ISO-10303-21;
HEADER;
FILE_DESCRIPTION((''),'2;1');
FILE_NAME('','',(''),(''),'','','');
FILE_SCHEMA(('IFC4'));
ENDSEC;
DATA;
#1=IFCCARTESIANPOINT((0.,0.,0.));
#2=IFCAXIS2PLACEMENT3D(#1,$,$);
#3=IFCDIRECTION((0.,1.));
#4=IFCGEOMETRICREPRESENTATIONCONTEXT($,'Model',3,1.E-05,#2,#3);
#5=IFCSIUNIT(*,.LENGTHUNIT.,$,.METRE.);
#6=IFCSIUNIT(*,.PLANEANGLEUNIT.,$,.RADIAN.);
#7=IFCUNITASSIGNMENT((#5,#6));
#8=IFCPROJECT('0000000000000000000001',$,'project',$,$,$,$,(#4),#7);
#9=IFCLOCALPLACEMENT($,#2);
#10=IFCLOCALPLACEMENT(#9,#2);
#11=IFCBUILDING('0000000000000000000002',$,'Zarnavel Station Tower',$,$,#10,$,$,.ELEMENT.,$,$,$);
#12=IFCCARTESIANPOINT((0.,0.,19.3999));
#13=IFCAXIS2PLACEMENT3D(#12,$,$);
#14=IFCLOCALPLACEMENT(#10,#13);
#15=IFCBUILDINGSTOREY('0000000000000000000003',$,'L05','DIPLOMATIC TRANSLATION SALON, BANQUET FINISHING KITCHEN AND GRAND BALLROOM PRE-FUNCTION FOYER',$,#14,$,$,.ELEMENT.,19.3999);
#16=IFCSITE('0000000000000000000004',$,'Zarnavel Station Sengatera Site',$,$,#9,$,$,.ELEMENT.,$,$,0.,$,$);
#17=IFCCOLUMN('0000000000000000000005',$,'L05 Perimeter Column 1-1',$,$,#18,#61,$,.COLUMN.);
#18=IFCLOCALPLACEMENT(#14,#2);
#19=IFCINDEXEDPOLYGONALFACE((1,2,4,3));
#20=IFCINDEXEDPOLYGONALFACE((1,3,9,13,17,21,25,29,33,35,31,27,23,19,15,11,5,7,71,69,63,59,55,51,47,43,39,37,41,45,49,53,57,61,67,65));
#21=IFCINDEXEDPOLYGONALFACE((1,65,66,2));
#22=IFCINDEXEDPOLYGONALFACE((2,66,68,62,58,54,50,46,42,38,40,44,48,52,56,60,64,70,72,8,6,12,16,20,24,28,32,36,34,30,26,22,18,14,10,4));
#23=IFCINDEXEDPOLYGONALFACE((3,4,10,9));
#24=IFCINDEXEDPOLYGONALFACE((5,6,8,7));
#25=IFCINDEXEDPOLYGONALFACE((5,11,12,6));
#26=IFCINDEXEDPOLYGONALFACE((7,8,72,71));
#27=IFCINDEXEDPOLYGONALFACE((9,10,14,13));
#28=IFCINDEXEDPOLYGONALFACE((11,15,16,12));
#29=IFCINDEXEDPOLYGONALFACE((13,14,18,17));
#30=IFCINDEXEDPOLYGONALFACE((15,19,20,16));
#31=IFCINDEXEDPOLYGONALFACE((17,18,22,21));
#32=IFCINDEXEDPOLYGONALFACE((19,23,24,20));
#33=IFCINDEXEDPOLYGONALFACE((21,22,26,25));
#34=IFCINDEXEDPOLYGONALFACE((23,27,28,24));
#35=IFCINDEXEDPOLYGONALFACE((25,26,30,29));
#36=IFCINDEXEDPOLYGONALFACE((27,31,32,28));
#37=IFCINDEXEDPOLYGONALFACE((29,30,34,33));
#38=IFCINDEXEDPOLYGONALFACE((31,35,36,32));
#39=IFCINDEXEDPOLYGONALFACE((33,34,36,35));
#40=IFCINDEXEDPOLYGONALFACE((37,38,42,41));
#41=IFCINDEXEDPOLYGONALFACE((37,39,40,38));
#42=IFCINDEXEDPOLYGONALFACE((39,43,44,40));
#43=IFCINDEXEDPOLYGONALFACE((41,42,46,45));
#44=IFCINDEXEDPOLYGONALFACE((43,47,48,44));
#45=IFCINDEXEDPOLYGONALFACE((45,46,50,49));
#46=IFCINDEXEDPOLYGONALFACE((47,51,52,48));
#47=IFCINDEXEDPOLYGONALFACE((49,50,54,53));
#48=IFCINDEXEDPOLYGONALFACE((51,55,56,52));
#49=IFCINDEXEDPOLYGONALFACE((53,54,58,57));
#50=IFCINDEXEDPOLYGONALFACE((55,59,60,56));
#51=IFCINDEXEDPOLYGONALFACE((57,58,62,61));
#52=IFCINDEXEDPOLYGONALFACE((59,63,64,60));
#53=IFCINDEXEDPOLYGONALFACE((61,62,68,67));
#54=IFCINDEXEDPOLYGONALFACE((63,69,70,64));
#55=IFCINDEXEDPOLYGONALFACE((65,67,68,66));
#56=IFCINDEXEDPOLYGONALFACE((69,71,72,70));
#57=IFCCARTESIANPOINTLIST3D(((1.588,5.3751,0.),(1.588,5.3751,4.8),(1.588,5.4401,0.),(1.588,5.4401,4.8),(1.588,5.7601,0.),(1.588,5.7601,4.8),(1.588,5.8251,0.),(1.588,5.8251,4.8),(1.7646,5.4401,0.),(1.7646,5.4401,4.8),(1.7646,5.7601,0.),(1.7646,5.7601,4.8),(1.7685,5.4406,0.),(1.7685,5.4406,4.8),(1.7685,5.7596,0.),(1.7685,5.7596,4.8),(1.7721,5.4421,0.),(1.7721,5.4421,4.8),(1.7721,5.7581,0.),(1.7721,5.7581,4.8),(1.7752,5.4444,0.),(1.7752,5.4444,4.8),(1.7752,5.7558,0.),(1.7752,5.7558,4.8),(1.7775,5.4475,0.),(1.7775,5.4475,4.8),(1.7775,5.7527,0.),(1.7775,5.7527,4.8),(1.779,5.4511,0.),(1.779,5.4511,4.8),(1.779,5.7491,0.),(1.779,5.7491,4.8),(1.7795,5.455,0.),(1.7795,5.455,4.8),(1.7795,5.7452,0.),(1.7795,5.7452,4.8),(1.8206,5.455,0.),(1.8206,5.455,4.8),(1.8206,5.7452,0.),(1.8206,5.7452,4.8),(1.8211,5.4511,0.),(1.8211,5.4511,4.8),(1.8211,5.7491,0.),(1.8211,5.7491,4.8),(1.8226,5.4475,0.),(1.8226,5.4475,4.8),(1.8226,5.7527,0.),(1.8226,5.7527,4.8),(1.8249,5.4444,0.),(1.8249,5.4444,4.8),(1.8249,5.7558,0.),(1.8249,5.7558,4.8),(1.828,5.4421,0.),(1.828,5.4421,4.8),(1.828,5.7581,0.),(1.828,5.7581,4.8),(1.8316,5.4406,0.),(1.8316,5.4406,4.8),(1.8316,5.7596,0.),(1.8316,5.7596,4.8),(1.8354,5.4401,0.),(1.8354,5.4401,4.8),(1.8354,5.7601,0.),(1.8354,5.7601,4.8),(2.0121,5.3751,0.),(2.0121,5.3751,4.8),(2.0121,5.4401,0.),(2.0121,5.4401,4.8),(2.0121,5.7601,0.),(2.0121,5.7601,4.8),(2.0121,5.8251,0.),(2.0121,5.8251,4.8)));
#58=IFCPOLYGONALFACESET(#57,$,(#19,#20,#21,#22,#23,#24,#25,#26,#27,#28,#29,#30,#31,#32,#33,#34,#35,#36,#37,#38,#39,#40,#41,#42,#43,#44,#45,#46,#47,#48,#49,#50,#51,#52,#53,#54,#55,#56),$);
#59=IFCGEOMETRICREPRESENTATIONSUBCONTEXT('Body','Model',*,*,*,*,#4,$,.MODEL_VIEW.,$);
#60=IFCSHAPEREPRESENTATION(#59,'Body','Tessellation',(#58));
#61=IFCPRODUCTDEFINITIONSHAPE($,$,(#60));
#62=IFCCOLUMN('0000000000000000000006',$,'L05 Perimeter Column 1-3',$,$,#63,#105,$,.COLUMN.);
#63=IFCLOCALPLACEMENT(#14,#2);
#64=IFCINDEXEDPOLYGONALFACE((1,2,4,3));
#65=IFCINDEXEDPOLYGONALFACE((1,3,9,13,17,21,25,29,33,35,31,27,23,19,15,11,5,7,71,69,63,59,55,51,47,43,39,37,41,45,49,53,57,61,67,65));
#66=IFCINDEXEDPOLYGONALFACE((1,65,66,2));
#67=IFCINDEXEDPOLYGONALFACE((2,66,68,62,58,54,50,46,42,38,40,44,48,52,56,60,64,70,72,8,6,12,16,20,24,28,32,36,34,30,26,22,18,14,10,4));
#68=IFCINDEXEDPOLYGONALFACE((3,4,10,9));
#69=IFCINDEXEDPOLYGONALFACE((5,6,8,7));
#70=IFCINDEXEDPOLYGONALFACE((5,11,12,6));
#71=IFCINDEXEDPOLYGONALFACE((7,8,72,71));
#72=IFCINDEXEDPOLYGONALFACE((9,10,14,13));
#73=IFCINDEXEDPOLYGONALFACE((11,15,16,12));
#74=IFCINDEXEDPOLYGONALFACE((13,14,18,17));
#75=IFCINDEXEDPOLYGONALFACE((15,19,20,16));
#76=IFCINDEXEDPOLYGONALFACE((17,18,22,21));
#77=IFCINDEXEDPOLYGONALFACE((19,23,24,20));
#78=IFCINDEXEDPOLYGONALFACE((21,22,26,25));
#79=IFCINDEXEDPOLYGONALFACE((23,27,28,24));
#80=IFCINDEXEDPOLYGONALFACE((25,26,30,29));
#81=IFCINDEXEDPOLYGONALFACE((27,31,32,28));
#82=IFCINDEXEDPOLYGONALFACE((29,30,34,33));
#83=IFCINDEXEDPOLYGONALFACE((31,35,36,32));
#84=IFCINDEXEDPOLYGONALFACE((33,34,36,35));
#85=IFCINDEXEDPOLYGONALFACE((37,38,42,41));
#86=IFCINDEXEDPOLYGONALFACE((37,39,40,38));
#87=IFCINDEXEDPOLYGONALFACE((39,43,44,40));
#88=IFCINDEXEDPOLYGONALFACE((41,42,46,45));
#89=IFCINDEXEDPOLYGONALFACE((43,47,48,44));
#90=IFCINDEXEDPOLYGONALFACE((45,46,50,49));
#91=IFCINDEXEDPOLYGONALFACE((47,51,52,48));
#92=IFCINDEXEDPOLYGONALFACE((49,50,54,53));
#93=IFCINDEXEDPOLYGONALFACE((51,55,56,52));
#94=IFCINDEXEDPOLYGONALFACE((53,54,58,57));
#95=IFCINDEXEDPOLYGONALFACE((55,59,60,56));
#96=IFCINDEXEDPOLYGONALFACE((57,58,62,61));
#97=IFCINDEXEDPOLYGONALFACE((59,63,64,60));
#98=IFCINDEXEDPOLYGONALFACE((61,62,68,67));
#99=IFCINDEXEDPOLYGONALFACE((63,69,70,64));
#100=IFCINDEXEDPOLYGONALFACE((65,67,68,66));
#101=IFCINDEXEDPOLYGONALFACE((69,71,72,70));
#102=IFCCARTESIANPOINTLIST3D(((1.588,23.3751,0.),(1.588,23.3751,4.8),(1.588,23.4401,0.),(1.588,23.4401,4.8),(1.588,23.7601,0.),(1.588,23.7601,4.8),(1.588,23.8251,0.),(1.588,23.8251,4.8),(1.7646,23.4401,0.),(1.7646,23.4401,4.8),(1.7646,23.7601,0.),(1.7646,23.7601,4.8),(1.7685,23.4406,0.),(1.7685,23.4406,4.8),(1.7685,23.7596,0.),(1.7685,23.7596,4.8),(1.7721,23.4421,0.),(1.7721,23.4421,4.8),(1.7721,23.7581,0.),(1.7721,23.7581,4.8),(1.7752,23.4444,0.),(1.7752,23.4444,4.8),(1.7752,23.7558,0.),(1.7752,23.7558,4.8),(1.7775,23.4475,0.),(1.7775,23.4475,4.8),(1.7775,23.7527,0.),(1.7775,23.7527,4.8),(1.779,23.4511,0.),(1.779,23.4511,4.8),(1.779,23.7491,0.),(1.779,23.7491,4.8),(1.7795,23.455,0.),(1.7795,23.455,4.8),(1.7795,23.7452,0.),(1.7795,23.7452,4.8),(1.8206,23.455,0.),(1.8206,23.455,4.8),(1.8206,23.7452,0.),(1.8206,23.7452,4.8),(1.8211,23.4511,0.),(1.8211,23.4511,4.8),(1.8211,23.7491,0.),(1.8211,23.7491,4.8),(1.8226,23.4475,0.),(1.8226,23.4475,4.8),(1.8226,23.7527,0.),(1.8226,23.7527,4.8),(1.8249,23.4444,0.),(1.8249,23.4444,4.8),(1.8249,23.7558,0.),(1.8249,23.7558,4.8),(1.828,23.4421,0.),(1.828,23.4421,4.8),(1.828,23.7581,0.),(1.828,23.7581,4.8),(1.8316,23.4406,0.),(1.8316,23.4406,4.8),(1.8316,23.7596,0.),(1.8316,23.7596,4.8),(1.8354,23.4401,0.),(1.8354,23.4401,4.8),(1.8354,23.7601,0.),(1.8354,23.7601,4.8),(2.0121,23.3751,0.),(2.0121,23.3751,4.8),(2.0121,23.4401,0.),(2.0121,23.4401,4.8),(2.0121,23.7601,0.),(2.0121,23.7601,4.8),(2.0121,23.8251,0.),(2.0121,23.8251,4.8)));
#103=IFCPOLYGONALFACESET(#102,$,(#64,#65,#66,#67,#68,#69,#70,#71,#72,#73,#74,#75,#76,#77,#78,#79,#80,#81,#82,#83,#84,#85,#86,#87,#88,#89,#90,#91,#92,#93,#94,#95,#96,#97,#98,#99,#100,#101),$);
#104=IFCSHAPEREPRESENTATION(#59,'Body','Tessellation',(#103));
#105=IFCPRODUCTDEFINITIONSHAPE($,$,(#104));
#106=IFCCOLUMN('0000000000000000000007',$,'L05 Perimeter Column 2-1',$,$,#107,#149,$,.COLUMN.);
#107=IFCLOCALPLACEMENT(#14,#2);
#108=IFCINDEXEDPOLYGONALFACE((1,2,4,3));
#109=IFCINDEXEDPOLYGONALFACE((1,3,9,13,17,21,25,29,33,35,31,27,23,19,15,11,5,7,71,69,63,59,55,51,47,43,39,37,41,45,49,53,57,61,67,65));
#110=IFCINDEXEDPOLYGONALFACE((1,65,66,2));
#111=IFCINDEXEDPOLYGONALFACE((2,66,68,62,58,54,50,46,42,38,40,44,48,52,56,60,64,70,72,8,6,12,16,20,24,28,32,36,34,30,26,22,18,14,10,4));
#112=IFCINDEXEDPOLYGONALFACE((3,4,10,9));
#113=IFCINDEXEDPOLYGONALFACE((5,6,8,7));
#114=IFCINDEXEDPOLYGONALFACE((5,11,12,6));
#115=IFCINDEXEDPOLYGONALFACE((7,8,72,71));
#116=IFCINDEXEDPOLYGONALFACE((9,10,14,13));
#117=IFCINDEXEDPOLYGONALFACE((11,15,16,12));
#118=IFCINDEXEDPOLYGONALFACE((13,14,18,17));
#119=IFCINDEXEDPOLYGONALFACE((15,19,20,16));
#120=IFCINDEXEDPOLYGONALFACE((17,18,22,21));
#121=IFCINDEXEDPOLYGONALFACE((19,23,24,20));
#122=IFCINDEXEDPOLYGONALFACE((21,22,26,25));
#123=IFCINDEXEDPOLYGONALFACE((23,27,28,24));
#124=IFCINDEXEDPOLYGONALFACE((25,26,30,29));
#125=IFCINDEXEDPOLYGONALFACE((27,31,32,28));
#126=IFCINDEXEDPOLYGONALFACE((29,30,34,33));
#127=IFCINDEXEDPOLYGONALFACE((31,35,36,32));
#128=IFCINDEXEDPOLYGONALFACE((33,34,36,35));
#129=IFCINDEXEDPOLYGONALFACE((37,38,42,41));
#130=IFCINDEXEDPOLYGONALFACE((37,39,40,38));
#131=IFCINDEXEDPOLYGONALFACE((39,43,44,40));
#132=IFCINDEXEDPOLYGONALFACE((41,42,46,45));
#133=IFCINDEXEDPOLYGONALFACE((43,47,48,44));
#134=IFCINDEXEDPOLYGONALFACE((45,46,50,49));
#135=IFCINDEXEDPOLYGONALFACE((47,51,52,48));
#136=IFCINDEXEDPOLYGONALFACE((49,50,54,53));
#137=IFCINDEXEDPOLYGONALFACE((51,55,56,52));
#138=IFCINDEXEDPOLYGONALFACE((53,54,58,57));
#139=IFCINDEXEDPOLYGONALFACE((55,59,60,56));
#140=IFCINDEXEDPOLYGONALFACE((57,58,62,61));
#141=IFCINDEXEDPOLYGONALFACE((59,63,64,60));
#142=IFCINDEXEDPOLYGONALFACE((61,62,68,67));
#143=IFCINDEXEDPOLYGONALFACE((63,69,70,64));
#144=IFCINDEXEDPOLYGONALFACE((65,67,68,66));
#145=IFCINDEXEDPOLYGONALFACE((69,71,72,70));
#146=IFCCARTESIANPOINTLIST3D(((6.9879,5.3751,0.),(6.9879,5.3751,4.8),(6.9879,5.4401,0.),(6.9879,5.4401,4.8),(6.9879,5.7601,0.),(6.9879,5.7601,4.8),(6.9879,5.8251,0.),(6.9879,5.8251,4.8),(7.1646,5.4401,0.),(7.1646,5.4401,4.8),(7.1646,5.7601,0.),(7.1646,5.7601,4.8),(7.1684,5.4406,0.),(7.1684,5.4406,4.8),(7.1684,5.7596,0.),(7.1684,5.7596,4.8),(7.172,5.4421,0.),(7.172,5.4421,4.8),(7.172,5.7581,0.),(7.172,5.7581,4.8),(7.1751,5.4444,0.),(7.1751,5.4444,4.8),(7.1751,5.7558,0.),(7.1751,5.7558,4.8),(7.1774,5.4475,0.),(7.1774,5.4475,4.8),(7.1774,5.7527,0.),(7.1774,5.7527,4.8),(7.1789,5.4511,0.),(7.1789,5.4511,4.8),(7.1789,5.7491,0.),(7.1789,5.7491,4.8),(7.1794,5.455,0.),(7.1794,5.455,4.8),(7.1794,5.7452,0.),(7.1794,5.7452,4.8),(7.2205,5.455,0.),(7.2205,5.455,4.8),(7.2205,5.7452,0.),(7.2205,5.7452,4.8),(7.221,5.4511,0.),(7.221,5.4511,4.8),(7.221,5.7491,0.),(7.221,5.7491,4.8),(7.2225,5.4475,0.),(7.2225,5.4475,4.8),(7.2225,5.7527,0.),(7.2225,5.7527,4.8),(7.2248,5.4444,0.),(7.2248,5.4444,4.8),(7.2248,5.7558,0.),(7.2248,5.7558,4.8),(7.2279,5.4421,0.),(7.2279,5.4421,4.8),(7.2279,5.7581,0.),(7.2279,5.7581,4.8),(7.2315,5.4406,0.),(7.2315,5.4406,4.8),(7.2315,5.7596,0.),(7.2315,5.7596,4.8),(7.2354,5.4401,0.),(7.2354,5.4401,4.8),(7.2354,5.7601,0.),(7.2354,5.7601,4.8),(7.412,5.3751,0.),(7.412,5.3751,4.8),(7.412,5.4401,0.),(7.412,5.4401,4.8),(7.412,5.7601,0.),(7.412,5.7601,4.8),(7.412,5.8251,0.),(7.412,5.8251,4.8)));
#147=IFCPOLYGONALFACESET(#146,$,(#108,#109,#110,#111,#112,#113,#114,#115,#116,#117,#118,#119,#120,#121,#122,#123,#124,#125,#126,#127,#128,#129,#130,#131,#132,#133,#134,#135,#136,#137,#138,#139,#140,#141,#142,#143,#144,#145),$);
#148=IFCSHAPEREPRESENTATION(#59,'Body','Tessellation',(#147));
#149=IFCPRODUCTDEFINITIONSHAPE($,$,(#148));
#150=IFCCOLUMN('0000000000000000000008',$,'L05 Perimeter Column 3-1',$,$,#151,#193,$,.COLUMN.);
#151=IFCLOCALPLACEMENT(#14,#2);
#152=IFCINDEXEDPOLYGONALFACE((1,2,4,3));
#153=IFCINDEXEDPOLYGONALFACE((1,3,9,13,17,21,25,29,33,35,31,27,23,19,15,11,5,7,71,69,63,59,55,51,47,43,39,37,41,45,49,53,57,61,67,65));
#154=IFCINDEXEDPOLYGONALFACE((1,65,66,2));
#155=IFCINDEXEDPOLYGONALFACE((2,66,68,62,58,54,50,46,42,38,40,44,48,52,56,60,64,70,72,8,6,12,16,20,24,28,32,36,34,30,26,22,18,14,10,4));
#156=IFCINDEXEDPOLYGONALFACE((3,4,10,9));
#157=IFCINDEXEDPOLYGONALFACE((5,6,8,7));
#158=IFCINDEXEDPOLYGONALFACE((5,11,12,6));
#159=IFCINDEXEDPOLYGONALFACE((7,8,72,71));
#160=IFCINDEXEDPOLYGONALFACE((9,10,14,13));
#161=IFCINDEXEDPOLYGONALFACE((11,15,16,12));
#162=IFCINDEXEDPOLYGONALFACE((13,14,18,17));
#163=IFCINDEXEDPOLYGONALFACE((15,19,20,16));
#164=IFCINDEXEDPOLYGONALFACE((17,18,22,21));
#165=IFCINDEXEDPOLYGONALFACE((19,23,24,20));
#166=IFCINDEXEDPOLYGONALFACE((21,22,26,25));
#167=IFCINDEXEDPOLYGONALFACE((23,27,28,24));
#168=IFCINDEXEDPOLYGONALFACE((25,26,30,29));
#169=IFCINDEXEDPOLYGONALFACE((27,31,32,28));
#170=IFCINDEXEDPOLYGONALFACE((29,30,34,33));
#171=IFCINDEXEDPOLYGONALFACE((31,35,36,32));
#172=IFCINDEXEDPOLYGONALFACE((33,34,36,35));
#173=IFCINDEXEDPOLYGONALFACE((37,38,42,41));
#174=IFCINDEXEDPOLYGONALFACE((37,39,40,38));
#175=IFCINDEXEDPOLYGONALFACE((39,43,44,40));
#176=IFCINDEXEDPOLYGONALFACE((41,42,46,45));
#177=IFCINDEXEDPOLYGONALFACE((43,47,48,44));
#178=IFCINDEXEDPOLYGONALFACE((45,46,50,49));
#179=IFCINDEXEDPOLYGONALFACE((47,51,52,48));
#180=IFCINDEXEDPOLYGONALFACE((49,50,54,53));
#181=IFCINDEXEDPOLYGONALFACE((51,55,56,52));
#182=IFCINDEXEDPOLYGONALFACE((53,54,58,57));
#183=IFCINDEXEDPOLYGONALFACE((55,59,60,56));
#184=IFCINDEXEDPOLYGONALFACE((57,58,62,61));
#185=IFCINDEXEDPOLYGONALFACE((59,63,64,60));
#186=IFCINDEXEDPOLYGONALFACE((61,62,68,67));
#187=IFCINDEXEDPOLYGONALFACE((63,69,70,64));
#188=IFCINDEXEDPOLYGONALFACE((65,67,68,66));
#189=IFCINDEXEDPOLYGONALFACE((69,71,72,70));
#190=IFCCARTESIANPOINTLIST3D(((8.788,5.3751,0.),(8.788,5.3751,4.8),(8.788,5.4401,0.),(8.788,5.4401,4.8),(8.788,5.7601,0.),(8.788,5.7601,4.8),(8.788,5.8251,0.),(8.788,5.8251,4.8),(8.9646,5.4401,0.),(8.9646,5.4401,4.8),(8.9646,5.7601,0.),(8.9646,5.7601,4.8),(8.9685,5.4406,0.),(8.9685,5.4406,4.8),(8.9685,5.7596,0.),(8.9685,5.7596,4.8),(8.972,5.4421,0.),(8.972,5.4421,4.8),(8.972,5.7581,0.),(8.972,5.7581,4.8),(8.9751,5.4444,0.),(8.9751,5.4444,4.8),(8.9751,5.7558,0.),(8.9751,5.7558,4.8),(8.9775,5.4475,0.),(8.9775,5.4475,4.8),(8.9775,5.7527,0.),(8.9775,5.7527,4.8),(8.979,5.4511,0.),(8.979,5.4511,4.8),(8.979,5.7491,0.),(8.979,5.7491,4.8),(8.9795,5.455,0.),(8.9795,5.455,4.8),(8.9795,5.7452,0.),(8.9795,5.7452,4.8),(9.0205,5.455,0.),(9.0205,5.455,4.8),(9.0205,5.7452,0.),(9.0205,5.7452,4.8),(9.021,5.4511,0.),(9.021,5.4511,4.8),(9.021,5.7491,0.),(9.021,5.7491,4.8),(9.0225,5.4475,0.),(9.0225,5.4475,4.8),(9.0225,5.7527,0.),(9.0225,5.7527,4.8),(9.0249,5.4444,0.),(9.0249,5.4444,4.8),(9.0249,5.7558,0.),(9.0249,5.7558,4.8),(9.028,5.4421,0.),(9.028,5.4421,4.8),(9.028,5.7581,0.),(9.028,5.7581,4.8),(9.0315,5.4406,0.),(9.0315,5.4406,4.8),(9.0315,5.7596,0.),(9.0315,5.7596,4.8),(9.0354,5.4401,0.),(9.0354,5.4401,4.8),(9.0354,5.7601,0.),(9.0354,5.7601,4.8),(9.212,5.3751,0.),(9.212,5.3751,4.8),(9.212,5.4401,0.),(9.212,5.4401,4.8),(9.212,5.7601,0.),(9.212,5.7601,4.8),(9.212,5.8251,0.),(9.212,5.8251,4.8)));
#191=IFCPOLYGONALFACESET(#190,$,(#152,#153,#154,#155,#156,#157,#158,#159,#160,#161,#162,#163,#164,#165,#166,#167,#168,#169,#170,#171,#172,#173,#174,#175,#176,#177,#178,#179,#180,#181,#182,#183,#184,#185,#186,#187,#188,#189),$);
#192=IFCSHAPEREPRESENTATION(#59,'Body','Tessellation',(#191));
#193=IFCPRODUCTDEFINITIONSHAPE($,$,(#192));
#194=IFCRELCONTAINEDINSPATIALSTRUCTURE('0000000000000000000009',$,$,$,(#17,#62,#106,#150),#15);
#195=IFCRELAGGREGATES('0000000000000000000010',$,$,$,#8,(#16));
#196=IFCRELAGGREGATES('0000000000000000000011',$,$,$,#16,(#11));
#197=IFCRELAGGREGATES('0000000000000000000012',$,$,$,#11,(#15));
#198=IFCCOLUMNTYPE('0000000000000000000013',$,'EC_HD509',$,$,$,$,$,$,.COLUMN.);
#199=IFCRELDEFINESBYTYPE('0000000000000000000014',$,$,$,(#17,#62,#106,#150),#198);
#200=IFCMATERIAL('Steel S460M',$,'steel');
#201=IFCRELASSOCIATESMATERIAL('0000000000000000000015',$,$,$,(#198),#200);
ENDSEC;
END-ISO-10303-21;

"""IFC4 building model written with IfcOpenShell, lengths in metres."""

from ifc_helpers import new_model, si_unit, direction, frame, origin, origin_2d, place, context, subcontext, project, spatial, i_section, extrude, material, material_profile, profile_set, type_object, element, save


model = new_model("IFC4")

# Units and contexts
model_context = context("Model", 3, precision=1e-05, world=origin(), true_north=direction((0.0, 1.0)))
body_context = subcontext(model_context, "Body", "Model", "MODEL_VIEW")
ifc_project = project(units=[si_unit("LENGTHUNIT", "METRE"), si_unit("PLANEANGLEUNIT", "RADIAN")], contexts=[model_context])

# Site, building, storey
site_placement = place(None, origin())
site = spatial("IfcSite", under=ifc_project, at=site_placement, Name="Zarnavel Station Sengatera Site", CompositionType="ELEMENT", RefElevation=0.0)
building_placement = place(site_placement, origin())
building = spatial("IfcBuilding", under=site, at=building_placement, Name="Zarnavel Station Tower", CompositionType="ELEMENT")
storey_placement = place(building_placement, frame((0.0, 0.0, 19.3999)))
storey = spatial("IfcBuildingStorey", under=building, at=storey_placement, Name="L05", Description="DIPLOMATIC TRANSLATION SALON, BANQUET FINISHING KITCHEN AND GRAND BALLROOM PRE-FUNCTION FOYER", CompositionType="ELEMENT", Elevation=19.3999)

# Columns
ifc_material_1 = material(Name="Steel S460M", Category="steel")
ifc_material_profile_1 = material_profile(ifc_material_1, i_section(OverallWidth=0.4241, OverallDepth=0.45, WebThickness=0.041, FlangeThickness=0.0649, FilletRadius=0.0149, at=origin_2d()), Name="HD400x509")
ifc_profile_set_1 = profile_set([ifc_material_profile_1], Name="Steel S460M")
column_type_1 = type_object("IfcColumnType", Name="EC_HD509", PredefinedType="COLUMN", material=ifc_profile_set_1)
for number, where, z_axis, x_axis, name in (
    (1, (1.8, 5.6001, 0.0), (0.0, 0.0, 1.0), (1.0, 0.0, 0.0), "L05 Perimeter Column 1-1"),
    (2, (1.8, 23.6001, 0.0), (0.0, 0.0, 1.0), (1.0, 0.0, 0.0), "L05 Perimeter Column 1-3"),
    (3, (7.2, 5.6001, 0.0), (0.0, 0.0, 1.0), (1.0, 0.0, 0.0), "L05 Perimeter Column 2-1"),
    (4, (9.0, 5.6001, 0.0), (0.0, 0.0, 1.0), (1.0, 0.0, 0.0), "L05 Perimeter Column 3-1"),
):
    element("IfcColumn", number, at=place(storey_placement, frame(where, z_axis=z_axis, x_axis=x_axis)), inside=storey, type_object=column_type_1, Name=name, PredefinedType="COLUMN", context=body_context, shape_type="SweptSolid", body=[
        extrude(i_section(OverallWidth=0.4241, OverallDepth=0.45, WebThickness=0.041, FlangeThickness=0.0649, FilletRadius=0.0149, at=origin_2d()), origin(), (0.0, 0.0, 1.0), 4.8),
    ])

save(model, "model.ifc")
